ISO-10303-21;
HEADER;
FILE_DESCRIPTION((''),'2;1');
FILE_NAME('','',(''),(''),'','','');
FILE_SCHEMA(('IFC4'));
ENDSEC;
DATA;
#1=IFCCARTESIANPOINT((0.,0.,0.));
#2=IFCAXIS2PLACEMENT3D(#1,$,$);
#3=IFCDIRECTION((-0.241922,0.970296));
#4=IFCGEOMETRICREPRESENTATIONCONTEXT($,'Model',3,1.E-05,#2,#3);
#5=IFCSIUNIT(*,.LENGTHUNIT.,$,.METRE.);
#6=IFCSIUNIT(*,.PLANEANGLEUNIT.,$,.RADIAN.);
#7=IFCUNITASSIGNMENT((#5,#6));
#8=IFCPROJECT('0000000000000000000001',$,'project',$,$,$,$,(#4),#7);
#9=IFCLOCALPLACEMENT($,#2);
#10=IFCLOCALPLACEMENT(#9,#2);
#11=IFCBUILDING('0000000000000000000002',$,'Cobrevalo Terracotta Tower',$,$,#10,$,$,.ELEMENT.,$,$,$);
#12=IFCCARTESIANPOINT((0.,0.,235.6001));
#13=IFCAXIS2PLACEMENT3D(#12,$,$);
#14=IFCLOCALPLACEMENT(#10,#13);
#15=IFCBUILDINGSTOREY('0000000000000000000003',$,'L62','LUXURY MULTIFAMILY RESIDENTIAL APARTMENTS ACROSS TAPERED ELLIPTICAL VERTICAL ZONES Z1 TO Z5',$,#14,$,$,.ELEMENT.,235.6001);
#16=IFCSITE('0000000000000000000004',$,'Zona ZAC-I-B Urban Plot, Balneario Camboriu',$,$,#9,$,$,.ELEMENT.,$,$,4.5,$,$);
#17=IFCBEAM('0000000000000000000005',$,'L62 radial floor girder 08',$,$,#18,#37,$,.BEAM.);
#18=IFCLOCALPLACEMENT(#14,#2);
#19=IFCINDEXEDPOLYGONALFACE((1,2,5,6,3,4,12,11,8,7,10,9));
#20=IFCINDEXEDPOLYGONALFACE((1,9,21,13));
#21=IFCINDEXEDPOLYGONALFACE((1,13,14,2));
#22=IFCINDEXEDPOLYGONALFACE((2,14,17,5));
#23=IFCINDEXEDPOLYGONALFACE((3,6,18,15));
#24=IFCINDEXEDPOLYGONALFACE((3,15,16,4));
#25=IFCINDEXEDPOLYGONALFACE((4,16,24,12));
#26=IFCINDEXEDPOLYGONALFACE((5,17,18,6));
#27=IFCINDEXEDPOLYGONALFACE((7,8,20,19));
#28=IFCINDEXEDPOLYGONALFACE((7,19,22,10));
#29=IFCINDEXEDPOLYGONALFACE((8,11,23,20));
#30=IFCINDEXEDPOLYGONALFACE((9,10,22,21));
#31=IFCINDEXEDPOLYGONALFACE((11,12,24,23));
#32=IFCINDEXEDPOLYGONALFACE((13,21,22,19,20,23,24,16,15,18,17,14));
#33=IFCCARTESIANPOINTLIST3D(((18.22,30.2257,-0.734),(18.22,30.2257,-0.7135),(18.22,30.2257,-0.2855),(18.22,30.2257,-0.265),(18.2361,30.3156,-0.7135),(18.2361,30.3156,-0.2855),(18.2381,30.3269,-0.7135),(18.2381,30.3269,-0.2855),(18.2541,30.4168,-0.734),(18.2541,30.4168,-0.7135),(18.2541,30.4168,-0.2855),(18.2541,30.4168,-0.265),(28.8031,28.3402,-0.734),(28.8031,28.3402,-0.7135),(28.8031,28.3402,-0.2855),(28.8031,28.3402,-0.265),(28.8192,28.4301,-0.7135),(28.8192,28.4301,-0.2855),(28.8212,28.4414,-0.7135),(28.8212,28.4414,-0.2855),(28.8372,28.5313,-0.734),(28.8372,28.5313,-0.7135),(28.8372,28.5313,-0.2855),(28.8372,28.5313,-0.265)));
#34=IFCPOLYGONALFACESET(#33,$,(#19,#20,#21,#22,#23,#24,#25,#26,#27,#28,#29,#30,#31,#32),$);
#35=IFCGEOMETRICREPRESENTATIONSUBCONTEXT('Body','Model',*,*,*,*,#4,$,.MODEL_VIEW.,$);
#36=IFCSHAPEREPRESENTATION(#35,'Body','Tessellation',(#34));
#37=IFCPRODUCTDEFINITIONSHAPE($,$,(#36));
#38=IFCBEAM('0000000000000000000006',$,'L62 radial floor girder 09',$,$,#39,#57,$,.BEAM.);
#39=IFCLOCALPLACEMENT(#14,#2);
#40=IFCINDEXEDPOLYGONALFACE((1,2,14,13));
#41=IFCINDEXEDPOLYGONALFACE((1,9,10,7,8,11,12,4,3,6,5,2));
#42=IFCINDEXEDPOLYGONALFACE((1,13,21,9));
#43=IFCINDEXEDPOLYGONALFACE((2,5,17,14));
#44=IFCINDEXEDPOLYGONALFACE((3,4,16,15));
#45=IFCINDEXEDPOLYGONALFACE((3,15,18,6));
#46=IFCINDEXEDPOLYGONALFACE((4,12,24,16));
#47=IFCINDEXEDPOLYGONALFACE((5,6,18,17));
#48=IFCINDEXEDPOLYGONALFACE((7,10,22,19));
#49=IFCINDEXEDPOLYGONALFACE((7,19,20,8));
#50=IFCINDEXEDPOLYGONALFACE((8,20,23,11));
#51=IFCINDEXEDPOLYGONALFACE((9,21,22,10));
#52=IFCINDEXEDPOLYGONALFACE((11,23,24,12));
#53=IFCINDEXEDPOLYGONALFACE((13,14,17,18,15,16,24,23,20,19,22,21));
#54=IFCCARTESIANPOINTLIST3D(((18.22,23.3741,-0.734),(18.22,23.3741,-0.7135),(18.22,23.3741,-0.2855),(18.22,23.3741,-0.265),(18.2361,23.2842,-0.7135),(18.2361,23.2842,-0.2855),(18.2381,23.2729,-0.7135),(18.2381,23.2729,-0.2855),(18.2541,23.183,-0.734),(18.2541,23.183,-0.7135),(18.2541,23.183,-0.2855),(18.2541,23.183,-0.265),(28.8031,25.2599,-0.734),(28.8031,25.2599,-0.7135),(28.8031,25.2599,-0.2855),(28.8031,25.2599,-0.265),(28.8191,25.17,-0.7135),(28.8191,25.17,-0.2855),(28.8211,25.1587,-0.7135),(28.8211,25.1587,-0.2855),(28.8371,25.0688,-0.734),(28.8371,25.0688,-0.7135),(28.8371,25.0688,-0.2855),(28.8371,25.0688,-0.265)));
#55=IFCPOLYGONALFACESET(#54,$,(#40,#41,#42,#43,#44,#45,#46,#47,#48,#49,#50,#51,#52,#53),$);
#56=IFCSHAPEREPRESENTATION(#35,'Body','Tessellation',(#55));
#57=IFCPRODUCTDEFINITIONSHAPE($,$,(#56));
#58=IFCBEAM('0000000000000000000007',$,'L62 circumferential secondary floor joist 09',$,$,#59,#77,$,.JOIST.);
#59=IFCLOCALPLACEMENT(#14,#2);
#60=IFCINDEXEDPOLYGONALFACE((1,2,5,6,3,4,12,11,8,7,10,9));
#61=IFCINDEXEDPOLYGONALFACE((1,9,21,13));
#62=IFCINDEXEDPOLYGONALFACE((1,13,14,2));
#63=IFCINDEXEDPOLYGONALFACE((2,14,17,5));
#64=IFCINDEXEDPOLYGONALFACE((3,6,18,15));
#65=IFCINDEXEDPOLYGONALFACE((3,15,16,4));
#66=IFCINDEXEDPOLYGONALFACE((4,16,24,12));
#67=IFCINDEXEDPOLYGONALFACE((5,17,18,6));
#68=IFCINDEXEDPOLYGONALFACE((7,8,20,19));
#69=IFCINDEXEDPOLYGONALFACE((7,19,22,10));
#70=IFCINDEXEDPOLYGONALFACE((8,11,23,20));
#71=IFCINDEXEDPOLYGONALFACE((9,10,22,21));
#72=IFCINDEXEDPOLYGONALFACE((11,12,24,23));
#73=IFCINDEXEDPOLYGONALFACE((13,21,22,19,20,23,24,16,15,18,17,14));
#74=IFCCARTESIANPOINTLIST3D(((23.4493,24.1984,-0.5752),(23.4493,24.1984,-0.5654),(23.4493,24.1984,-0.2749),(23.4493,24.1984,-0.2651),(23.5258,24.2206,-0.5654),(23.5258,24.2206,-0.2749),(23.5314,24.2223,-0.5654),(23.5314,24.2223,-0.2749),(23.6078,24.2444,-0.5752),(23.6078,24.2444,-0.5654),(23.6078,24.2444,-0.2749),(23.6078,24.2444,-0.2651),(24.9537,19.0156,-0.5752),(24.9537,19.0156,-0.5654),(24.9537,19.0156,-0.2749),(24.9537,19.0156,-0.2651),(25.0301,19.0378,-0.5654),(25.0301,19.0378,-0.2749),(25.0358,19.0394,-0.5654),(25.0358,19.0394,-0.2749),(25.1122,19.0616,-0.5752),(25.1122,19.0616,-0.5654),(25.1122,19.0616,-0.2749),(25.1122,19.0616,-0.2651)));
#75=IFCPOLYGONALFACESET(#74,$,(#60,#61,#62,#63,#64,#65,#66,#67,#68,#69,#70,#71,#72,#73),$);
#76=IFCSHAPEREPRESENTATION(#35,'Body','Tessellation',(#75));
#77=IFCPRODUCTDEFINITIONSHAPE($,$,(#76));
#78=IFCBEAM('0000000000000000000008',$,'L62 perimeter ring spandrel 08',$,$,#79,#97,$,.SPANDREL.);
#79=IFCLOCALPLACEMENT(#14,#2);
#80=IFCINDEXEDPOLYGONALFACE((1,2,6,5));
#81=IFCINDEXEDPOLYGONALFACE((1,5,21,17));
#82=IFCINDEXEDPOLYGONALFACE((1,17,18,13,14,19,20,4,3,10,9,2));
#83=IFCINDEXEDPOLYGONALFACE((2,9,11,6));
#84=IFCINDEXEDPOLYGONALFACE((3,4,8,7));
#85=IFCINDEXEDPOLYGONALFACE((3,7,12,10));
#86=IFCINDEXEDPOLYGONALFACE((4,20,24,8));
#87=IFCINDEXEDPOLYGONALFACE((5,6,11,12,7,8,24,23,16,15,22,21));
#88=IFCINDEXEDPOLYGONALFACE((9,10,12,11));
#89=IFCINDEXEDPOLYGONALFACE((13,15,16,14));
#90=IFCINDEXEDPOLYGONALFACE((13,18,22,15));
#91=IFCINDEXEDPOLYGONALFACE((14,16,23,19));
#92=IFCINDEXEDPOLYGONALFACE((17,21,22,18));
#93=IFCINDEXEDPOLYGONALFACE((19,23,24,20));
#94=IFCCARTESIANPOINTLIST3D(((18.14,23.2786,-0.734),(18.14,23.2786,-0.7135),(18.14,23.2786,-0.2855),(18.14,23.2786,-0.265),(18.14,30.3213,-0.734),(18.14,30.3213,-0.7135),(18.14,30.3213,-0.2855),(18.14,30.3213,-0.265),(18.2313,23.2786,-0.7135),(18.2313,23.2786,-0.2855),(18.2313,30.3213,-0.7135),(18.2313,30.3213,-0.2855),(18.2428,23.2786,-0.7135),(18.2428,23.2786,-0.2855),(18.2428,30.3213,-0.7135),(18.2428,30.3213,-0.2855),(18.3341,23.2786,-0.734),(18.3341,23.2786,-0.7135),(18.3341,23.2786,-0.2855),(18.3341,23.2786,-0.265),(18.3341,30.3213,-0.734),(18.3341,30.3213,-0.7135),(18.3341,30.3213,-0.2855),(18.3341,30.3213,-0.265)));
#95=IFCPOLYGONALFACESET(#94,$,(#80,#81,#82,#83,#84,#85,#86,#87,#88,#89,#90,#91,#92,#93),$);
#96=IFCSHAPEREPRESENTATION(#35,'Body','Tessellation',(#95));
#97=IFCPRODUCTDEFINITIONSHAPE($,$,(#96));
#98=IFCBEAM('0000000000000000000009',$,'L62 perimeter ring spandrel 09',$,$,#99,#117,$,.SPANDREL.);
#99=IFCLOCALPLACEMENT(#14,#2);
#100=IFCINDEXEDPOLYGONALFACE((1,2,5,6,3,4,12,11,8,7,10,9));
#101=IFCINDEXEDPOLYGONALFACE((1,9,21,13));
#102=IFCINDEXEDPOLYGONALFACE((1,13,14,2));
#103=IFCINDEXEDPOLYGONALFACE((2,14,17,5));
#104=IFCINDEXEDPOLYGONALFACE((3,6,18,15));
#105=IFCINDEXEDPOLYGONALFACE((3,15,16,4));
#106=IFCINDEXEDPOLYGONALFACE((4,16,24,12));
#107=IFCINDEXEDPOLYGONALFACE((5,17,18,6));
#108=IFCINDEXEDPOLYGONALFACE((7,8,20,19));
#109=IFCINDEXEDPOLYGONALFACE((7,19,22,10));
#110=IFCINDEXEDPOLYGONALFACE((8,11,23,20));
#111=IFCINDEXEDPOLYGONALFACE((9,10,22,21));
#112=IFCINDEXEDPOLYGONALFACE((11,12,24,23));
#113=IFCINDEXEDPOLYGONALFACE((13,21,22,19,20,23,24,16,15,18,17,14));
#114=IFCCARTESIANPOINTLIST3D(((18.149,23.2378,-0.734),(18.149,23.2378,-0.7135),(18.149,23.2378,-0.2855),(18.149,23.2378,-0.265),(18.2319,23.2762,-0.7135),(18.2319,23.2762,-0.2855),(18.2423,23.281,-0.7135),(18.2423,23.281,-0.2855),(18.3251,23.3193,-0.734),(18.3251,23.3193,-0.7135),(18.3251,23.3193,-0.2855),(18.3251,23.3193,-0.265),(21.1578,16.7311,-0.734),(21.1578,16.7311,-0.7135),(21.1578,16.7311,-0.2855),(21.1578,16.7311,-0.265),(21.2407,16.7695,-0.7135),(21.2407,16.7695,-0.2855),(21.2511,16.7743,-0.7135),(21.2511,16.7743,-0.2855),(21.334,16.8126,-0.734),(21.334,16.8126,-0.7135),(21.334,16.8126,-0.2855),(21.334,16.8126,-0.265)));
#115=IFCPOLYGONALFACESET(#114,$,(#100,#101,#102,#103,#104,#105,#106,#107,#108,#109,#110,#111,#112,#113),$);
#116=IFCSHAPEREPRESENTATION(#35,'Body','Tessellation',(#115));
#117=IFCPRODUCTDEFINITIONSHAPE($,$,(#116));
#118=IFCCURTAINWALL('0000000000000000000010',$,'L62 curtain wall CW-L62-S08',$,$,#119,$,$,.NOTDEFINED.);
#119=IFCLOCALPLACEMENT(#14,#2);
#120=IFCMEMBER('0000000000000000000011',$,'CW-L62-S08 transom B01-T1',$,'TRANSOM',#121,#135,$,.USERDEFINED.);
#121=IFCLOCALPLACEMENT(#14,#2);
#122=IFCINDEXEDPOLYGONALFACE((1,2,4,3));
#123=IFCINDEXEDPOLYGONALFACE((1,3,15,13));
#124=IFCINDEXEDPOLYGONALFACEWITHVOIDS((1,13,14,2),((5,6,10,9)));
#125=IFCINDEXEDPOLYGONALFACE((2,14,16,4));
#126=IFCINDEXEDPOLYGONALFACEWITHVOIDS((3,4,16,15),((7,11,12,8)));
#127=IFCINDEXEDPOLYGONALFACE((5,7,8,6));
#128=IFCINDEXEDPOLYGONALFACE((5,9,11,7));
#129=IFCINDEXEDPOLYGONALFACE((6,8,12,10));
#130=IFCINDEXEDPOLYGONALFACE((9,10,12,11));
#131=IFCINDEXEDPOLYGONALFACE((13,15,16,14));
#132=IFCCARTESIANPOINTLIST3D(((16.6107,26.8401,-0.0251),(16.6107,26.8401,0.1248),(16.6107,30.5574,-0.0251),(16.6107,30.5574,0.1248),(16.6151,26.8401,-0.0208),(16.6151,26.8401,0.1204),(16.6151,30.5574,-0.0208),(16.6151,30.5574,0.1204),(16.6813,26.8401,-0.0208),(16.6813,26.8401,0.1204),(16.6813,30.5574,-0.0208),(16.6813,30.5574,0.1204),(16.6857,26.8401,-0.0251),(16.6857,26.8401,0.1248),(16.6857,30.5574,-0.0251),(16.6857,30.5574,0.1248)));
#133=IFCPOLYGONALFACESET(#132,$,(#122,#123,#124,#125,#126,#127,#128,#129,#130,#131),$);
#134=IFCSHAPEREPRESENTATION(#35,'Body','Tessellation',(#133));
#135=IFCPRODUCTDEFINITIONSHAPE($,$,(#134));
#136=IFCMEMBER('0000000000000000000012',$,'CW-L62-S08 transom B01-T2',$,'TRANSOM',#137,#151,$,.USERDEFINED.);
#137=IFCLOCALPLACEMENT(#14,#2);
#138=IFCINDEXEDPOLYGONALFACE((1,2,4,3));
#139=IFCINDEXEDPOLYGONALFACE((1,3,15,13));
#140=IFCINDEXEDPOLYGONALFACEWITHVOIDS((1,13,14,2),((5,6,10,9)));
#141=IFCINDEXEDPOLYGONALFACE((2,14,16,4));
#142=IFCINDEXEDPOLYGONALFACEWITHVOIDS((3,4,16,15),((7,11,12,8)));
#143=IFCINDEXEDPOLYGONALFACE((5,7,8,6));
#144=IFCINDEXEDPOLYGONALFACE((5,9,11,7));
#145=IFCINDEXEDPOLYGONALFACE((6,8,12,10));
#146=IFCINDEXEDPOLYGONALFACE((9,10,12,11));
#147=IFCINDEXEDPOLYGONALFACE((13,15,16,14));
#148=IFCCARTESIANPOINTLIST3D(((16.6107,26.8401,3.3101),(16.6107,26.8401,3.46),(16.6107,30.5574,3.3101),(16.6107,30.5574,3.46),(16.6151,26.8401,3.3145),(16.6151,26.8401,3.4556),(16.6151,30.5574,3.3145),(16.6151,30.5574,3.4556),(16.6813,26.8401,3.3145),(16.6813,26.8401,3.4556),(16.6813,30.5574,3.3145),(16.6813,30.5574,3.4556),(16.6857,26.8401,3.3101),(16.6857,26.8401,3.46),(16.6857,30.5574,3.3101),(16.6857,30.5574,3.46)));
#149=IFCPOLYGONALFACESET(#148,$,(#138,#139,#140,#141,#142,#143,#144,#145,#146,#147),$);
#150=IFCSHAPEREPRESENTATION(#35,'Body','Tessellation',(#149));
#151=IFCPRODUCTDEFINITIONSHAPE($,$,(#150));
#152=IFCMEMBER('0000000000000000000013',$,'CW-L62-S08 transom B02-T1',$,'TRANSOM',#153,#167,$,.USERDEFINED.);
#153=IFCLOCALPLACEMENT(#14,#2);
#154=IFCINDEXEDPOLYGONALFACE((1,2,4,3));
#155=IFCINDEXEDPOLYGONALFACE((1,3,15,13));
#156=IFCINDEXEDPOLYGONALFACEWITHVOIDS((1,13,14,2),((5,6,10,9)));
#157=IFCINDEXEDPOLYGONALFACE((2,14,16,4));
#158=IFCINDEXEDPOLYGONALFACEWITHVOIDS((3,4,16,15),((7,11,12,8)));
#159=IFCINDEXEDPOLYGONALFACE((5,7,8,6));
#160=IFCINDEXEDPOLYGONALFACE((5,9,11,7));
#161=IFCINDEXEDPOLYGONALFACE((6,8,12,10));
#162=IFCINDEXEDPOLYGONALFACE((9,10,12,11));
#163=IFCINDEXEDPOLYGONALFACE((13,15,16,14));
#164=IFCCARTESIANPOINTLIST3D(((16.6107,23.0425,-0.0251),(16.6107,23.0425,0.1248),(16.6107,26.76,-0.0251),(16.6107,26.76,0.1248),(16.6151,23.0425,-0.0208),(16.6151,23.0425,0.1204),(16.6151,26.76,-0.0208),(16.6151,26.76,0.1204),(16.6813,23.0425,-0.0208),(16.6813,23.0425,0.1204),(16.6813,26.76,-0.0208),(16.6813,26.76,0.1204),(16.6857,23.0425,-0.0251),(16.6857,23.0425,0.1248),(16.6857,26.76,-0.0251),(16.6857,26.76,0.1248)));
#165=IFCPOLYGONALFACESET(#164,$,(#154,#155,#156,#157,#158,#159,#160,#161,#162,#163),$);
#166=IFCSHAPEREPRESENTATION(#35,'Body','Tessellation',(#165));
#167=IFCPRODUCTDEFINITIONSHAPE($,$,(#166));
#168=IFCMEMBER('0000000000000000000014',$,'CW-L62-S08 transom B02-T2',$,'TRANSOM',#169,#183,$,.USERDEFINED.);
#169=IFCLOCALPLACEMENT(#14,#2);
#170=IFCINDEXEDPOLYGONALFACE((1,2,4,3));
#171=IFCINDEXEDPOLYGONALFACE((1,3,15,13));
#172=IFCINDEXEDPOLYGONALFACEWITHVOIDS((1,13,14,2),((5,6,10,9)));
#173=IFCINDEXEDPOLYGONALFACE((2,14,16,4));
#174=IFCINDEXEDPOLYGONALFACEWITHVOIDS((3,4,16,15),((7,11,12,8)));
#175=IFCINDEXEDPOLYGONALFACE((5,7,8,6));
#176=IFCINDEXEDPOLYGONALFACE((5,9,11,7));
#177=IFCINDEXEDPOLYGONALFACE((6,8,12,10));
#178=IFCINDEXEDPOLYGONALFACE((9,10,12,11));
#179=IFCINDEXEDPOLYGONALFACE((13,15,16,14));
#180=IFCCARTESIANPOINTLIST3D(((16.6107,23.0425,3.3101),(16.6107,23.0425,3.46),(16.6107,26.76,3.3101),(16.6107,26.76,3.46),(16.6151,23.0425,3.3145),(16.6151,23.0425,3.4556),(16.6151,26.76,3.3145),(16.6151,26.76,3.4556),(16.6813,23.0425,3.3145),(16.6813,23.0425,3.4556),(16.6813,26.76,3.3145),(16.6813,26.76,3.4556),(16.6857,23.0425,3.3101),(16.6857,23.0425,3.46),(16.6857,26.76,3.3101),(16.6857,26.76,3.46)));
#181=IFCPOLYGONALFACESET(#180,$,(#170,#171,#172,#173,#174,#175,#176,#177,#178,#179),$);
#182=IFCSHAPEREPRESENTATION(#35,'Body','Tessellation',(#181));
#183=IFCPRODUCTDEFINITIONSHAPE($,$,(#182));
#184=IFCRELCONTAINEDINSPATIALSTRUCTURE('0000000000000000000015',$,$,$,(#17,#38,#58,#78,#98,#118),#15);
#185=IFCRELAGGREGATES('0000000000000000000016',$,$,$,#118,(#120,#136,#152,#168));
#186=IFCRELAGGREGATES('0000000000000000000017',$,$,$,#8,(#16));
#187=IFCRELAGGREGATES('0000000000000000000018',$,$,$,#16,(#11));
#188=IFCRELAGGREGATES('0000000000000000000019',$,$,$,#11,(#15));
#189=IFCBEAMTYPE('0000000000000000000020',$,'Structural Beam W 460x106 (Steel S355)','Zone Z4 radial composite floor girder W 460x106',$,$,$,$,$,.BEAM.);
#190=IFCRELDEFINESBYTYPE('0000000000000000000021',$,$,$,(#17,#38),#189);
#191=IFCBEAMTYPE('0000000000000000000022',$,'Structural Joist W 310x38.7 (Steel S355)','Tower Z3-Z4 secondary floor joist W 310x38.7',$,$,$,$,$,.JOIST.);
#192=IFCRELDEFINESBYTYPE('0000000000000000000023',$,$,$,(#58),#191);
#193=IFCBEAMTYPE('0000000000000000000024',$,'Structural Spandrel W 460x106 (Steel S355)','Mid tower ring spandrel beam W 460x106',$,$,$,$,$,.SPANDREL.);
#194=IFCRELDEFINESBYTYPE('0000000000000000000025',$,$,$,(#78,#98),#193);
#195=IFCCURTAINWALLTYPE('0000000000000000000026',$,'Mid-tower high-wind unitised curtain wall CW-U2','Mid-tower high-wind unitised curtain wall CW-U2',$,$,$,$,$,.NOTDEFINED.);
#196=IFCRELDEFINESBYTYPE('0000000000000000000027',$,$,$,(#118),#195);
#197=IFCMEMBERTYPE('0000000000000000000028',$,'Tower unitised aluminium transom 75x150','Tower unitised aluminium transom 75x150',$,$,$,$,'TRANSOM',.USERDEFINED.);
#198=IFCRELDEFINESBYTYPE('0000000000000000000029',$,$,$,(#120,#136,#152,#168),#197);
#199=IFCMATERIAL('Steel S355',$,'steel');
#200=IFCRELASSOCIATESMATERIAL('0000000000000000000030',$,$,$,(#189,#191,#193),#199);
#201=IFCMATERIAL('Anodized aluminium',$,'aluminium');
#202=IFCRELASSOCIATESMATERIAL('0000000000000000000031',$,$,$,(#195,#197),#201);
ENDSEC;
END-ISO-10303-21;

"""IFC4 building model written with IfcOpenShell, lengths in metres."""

from ifc_helpers import new_model, si_unit, direction, frame, origin, origin_2d, place, context, subcontext, project, spatial, hollow_rectangle, i_section, extrude, source, transform, mapped, material, material_profile, profile_set, type_object, element, aggregate, save


model = new_model("IFC4")

# Units and contexts
model_context = context("Model", 3, precision=1e-05, world=origin(), true_north=direction((-0.241922, 0.970296)))
body_context = subcontext(model_context, "Body", "Model", "MODEL_VIEW")
ifc_project = project(units=[si_unit("LENGTHUNIT", "METRE"), si_unit("PLANEANGLEUNIT", "RADIAN")], contexts=[model_context])

# Site, building, storey
site_placement = place(None, origin())
site = spatial("IfcSite", under=ifc_project, at=site_placement, Name="Zona ZAC-I-B Urban Plot, Balneario Camboriu", CompositionType="ELEMENT", RefElevation=4.5)
building_placement = place(site_placement, origin())
building = spatial("IfcBuilding", under=site, at=building_placement, Name="Cobrevalo Terracotta Tower", CompositionType="ELEMENT")
storey_placement = place(building_placement, frame((0.0, 0.0, 235.6001)))
storey = spatial("IfcBuildingStorey", under=building, at=storey_placement, Name="L62", Description="LUXURY MULTIFAMILY RESIDENTIAL APARTMENTS ACROSS TAPERED ELLIPTICAL VERTICAL ZONES Z1 TO Z5", CompositionType="ELEMENT", Elevation=235.6001)

# Shared definitions
ifc_material_1 = material(Name="Steel S355", Category="steel")

# Beams
ifc_material_profile_1 = material_profile(ifc_material_1, i_section(OverallWidth=0.1941, OverallDepth=0.469, WebThickness=0.0115, FlangeThickness=0.0205, at=origin_2d()), Name="W 460x106")
ifc_profile_set_1 = profile_set([ifc_material_profile_1], Name="Steel S355")
beam_type_1 = type_object("IfcBeamType", Name="Structural Beam W 460x106 (Steel S355)", Description="Zone Z4 radial composite floor girder W 460x106", PredefinedType="BEAM", material=ifc_profile_set_1)
for number, where, z_axis, x_axis, name in (
    (1, (18.2371, 30.3213, -0.4995), (0.984497, -0.175401, 0.0), (0.175401, 0.984497, 0.0), "L62 radial floor girder 08"),
    (2, (18.2371, 23.2786, -0.4995), (0.984493, 0.175423, 0.0), (-0.175423, 0.984493, 0.0), "L62 radial floor girder 09"),
):
    element("IfcBeam", number, at=place(storey_placement, frame(where, z_axis=z_axis, x_axis=x_axis)), inside=storey, type_object=beam_type_1, Name=name, PredefinedType="BEAM", context=body_context, shape_type="SweptSolid", body=[
        extrude(i_section(OverallWidth=0.1941, OverallDepth=0.469, WebThickness=0.0115, FlangeThickness=0.0205, at=origin_2d()), origin(), (0.0, 0.0, 1.0), 10.7498),
    ])
ifc_material_profile_2 = material_profile(ifc_material_1, i_section(OverallWidth=0.165, OverallDepth=0.3101, WebThickness=0.0059, FlangeThickness=0.0098, at=origin_2d()), Name="W 310x38.7")
ifc_profile_set_2 = profile_set([ifc_material_profile_2], Name="Steel S355")
beam_type_2 = type_object("IfcBeamType", Name="Structural Joist W 310x38.7 (Steel S355)", Description="Tower Z3-Z4 secondary floor joist W 310x38.7", PredefinedType="JOIST", material=ifc_profile_set_2)
beam_1_placement = place(storey_placement, frame((23.5286, 24.2214, -0.4202), z_axis=(0.278758, -0.960361, 0.0), x_axis=(0.960361, 0.278758, 0.0)))
element("IfcBeam", 3, at=beam_1_placement, inside=storey, type_object=beam_type_2, Name="L62 circumferential secondary floor joist 09", PredefinedType="JOIST", context=body_context, shape_type="SweptSolid", body=[
    extrude(i_section(OverallWidth=0.165, OverallDepth=0.3101, WebThickness=0.0059, FlangeThickness=0.0098, at=origin_2d()), origin(), (0.0, 0.0, 1.0), 5.3967),
])
ifc_material_profile_3 = material_profile(ifc_material_1, i_section(OverallWidth=0.1941, OverallDepth=0.469, WebThickness=0.0115, FlangeThickness=0.0205, at=origin_2d()), Name="W 460x106")
ifc_profile_set_3 = profile_set([ifc_material_profile_3], Name="Steel S355")
beam_type_3 = type_object("IfcBeamType", Name="Structural Spandrel W 460x106 (Steel S355)", Description="Mid tower ring spandrel beam W 460x106", PredefinedType="SPANDREL", material=ifc_profile_set_3)
beam_2_placement = place(storey_placement, frame((18.2371, 30.3213, -0.4995), z_axis=(0.0, -1.0, 0.0), x_axis=(1.0, 0.0, 0.0)))
element("IfcBeam", 4, at=beam_2_placement, inside=storey, type_object=beam_type_3, Name="L62 perimeter ring spandrel 08", PredefinedType="SPANDREL", context=body_context, shape_type="SweptSolid", body=[
    extrude(i_section(OverallWidth=0.1941, OverallDepth=0.469, WebThickness=0.0115, FlangeThickness=0.0205, at=origin_2d()), origin(), (0.0, 0.0, 1.0), 7.0427),
])
beam_3_placement = place(storey_placement, frame((18.2371, 23.2786, -0.4995), z_axis=(0.419719, -0.907654, 0.0), x_axis=(0.907654, 0.419719, 0.0)))
element("IfcBeam", 5, at=beam_3_placement, inside=storey, type_object=beam_type_3, Name="L62 perimeter ring spandrel 09", PredefinedType="SPANDREL", context=body_context, shape_type="SweptSolid", body=[
    extrude(i_section(OverallWidth=0.1941, OverallDepth=0.469, WebThickness=0.0115, FlangeThickness=0.0205, at=origin_2d()), origin(), (0.0, 0.0, 1.0), 7.1687),
])

# Curtain wall, members
ifc_material_2 = material(Name="Anodized aluminium", Category="aluminium")
curtain_wall_type = type_object("IfcCurtainWallType", Name="Mid-tower high-wind unitised curtain wall CW-U2", Description="Mid-tower high-wind unitised curtain wall CW-U2", PredefinedType="NOTDEFINED", material=ifc_material_2)
curtain_wall_1_placement = place(storey_placement, origin())
curtain_wall_1 = element("IfcCurtainWall", 6, at=curtain_wall_1_placement, inside=storey, type_object=curtain_wall_type, Name="L62 curtain wall CW-L62-S08", PredefinedType="NOTDEFINED")
ifc_material_profile_4 = material_profile(ifc_material_2, hollow_rectangle(XDim=0.075, YDim=0.1499, WallThickness=0.0044, at=origin_2d()), Name="CWT 75x150")
ifc_profile_set_4 = profile_set([ifc_material_profile_4], Name="Anodized aluminium")
member_type_1 = type_object("IfcMemberType", Name="Tower unitised aluminium transom 75x150", Description="Tower unitised aluminium transom 75x150", ElementType="TRANSOM", PredefinedType="USERDEFINED", material=ifc_profile_set_4)
shared_shape_1 = source(origin(), body_context, "Body", "SweptSolid", [
    extrude(hollow_rectangle(XDim=0.075, YDim=0.1499, WallThickness=0.0044, at=origin_2d()), origin(), (0.0, 0.0, 1.0), 3.7173),
])
member_1_placement = place(storey_placement, frame((16.6482, 30.5574, 0.0498), z_axis=(0.0, -1.0, 0.0), x_axis=(1.0, 0.0, 0.0)))
member_1 = element("IfcMember", 7, at=member_1_placement, type_object=member_type_1, Name="CW-L62-S08 transom B01-T1", ObjectType="TRANSOM", PredefinedType="USERDEFINED", context=body_context, shape_type="MappedRepresentation", body=[
    mapped(shared_shape_1, transform((0.0, 0.0, 0.0), scale=1.0)),
])
member_2_placement = place(storey_placement, frame((16.6482, 30.5574, 3.385), z_axis=(0.0, -1.0, 0.0), x_axis=(1.0, 0.0, 0.0)))
member_2 = element("IfcMember", 8, at=member_2_placement, type_object=member_type_1, Name="CW-L62-S08 transom B01-T2", ObjectType="TRANSOM", PredefinedType="USERDEFINED", context=body_context, shape_type="MappedRepresentation", body=[
    mapped(shared_shape_1, transform((0.0, 0.0, 0.0), scale=1.0)),
])
shared_shape_2 = source(origin(), body_context, "Body", "SweptSolid", [
    extrude(hollow_rectangle(XDim=0.075, YDim=0.1499, WallThickness=0.0044, at=origin_2d()), origin(), (0.0, 0.0, 1.0), 3.7175),
])
member_3_placement = place(storey_placement, frame((16.6482, 26.76, 0.0498), z_axis=(0.0, -1.0, 0.0), x_axis=(1.0, 0.0, 0.0)))
member_3 = element("IfcMember", 9, at=member_3_placement, type_object=member_type_1, Name="CW-L62-S08 transom B02-T1", ObjectType="TRANSOM", PredefinedType="USERDEFINED", context=body_context, shape_type="MappedRepresentation", body=[
    mapped(shared_shape_2, transform((0.0, 0.0, 0.0), scale=1.0)),
])
member_4_placement = place(storey_placement, frame((16.6482, 26.76, 3.385), z_axis=(0.0, -1.0, 0.0), x_axis=(1.0, 0.0, 0.0)))
member_4 = element("IfcMember", 10, at=member_4_placement, type_object=member_type_1, Name="CW-L62-S08 transom B02-T2", ObjectType="TRANSOM", PredefinedType="USERDEFINED", context=body_context, shape_type="MappedRepresentation", body=[
    mapped(shared_shape_2, transform((0.0, 0.0, 0.0), scale=1.0)),
])

aggregate(curtain_wall_1, [member_1, member_2, member_3, member_4])

save(model, "model.ifc")
